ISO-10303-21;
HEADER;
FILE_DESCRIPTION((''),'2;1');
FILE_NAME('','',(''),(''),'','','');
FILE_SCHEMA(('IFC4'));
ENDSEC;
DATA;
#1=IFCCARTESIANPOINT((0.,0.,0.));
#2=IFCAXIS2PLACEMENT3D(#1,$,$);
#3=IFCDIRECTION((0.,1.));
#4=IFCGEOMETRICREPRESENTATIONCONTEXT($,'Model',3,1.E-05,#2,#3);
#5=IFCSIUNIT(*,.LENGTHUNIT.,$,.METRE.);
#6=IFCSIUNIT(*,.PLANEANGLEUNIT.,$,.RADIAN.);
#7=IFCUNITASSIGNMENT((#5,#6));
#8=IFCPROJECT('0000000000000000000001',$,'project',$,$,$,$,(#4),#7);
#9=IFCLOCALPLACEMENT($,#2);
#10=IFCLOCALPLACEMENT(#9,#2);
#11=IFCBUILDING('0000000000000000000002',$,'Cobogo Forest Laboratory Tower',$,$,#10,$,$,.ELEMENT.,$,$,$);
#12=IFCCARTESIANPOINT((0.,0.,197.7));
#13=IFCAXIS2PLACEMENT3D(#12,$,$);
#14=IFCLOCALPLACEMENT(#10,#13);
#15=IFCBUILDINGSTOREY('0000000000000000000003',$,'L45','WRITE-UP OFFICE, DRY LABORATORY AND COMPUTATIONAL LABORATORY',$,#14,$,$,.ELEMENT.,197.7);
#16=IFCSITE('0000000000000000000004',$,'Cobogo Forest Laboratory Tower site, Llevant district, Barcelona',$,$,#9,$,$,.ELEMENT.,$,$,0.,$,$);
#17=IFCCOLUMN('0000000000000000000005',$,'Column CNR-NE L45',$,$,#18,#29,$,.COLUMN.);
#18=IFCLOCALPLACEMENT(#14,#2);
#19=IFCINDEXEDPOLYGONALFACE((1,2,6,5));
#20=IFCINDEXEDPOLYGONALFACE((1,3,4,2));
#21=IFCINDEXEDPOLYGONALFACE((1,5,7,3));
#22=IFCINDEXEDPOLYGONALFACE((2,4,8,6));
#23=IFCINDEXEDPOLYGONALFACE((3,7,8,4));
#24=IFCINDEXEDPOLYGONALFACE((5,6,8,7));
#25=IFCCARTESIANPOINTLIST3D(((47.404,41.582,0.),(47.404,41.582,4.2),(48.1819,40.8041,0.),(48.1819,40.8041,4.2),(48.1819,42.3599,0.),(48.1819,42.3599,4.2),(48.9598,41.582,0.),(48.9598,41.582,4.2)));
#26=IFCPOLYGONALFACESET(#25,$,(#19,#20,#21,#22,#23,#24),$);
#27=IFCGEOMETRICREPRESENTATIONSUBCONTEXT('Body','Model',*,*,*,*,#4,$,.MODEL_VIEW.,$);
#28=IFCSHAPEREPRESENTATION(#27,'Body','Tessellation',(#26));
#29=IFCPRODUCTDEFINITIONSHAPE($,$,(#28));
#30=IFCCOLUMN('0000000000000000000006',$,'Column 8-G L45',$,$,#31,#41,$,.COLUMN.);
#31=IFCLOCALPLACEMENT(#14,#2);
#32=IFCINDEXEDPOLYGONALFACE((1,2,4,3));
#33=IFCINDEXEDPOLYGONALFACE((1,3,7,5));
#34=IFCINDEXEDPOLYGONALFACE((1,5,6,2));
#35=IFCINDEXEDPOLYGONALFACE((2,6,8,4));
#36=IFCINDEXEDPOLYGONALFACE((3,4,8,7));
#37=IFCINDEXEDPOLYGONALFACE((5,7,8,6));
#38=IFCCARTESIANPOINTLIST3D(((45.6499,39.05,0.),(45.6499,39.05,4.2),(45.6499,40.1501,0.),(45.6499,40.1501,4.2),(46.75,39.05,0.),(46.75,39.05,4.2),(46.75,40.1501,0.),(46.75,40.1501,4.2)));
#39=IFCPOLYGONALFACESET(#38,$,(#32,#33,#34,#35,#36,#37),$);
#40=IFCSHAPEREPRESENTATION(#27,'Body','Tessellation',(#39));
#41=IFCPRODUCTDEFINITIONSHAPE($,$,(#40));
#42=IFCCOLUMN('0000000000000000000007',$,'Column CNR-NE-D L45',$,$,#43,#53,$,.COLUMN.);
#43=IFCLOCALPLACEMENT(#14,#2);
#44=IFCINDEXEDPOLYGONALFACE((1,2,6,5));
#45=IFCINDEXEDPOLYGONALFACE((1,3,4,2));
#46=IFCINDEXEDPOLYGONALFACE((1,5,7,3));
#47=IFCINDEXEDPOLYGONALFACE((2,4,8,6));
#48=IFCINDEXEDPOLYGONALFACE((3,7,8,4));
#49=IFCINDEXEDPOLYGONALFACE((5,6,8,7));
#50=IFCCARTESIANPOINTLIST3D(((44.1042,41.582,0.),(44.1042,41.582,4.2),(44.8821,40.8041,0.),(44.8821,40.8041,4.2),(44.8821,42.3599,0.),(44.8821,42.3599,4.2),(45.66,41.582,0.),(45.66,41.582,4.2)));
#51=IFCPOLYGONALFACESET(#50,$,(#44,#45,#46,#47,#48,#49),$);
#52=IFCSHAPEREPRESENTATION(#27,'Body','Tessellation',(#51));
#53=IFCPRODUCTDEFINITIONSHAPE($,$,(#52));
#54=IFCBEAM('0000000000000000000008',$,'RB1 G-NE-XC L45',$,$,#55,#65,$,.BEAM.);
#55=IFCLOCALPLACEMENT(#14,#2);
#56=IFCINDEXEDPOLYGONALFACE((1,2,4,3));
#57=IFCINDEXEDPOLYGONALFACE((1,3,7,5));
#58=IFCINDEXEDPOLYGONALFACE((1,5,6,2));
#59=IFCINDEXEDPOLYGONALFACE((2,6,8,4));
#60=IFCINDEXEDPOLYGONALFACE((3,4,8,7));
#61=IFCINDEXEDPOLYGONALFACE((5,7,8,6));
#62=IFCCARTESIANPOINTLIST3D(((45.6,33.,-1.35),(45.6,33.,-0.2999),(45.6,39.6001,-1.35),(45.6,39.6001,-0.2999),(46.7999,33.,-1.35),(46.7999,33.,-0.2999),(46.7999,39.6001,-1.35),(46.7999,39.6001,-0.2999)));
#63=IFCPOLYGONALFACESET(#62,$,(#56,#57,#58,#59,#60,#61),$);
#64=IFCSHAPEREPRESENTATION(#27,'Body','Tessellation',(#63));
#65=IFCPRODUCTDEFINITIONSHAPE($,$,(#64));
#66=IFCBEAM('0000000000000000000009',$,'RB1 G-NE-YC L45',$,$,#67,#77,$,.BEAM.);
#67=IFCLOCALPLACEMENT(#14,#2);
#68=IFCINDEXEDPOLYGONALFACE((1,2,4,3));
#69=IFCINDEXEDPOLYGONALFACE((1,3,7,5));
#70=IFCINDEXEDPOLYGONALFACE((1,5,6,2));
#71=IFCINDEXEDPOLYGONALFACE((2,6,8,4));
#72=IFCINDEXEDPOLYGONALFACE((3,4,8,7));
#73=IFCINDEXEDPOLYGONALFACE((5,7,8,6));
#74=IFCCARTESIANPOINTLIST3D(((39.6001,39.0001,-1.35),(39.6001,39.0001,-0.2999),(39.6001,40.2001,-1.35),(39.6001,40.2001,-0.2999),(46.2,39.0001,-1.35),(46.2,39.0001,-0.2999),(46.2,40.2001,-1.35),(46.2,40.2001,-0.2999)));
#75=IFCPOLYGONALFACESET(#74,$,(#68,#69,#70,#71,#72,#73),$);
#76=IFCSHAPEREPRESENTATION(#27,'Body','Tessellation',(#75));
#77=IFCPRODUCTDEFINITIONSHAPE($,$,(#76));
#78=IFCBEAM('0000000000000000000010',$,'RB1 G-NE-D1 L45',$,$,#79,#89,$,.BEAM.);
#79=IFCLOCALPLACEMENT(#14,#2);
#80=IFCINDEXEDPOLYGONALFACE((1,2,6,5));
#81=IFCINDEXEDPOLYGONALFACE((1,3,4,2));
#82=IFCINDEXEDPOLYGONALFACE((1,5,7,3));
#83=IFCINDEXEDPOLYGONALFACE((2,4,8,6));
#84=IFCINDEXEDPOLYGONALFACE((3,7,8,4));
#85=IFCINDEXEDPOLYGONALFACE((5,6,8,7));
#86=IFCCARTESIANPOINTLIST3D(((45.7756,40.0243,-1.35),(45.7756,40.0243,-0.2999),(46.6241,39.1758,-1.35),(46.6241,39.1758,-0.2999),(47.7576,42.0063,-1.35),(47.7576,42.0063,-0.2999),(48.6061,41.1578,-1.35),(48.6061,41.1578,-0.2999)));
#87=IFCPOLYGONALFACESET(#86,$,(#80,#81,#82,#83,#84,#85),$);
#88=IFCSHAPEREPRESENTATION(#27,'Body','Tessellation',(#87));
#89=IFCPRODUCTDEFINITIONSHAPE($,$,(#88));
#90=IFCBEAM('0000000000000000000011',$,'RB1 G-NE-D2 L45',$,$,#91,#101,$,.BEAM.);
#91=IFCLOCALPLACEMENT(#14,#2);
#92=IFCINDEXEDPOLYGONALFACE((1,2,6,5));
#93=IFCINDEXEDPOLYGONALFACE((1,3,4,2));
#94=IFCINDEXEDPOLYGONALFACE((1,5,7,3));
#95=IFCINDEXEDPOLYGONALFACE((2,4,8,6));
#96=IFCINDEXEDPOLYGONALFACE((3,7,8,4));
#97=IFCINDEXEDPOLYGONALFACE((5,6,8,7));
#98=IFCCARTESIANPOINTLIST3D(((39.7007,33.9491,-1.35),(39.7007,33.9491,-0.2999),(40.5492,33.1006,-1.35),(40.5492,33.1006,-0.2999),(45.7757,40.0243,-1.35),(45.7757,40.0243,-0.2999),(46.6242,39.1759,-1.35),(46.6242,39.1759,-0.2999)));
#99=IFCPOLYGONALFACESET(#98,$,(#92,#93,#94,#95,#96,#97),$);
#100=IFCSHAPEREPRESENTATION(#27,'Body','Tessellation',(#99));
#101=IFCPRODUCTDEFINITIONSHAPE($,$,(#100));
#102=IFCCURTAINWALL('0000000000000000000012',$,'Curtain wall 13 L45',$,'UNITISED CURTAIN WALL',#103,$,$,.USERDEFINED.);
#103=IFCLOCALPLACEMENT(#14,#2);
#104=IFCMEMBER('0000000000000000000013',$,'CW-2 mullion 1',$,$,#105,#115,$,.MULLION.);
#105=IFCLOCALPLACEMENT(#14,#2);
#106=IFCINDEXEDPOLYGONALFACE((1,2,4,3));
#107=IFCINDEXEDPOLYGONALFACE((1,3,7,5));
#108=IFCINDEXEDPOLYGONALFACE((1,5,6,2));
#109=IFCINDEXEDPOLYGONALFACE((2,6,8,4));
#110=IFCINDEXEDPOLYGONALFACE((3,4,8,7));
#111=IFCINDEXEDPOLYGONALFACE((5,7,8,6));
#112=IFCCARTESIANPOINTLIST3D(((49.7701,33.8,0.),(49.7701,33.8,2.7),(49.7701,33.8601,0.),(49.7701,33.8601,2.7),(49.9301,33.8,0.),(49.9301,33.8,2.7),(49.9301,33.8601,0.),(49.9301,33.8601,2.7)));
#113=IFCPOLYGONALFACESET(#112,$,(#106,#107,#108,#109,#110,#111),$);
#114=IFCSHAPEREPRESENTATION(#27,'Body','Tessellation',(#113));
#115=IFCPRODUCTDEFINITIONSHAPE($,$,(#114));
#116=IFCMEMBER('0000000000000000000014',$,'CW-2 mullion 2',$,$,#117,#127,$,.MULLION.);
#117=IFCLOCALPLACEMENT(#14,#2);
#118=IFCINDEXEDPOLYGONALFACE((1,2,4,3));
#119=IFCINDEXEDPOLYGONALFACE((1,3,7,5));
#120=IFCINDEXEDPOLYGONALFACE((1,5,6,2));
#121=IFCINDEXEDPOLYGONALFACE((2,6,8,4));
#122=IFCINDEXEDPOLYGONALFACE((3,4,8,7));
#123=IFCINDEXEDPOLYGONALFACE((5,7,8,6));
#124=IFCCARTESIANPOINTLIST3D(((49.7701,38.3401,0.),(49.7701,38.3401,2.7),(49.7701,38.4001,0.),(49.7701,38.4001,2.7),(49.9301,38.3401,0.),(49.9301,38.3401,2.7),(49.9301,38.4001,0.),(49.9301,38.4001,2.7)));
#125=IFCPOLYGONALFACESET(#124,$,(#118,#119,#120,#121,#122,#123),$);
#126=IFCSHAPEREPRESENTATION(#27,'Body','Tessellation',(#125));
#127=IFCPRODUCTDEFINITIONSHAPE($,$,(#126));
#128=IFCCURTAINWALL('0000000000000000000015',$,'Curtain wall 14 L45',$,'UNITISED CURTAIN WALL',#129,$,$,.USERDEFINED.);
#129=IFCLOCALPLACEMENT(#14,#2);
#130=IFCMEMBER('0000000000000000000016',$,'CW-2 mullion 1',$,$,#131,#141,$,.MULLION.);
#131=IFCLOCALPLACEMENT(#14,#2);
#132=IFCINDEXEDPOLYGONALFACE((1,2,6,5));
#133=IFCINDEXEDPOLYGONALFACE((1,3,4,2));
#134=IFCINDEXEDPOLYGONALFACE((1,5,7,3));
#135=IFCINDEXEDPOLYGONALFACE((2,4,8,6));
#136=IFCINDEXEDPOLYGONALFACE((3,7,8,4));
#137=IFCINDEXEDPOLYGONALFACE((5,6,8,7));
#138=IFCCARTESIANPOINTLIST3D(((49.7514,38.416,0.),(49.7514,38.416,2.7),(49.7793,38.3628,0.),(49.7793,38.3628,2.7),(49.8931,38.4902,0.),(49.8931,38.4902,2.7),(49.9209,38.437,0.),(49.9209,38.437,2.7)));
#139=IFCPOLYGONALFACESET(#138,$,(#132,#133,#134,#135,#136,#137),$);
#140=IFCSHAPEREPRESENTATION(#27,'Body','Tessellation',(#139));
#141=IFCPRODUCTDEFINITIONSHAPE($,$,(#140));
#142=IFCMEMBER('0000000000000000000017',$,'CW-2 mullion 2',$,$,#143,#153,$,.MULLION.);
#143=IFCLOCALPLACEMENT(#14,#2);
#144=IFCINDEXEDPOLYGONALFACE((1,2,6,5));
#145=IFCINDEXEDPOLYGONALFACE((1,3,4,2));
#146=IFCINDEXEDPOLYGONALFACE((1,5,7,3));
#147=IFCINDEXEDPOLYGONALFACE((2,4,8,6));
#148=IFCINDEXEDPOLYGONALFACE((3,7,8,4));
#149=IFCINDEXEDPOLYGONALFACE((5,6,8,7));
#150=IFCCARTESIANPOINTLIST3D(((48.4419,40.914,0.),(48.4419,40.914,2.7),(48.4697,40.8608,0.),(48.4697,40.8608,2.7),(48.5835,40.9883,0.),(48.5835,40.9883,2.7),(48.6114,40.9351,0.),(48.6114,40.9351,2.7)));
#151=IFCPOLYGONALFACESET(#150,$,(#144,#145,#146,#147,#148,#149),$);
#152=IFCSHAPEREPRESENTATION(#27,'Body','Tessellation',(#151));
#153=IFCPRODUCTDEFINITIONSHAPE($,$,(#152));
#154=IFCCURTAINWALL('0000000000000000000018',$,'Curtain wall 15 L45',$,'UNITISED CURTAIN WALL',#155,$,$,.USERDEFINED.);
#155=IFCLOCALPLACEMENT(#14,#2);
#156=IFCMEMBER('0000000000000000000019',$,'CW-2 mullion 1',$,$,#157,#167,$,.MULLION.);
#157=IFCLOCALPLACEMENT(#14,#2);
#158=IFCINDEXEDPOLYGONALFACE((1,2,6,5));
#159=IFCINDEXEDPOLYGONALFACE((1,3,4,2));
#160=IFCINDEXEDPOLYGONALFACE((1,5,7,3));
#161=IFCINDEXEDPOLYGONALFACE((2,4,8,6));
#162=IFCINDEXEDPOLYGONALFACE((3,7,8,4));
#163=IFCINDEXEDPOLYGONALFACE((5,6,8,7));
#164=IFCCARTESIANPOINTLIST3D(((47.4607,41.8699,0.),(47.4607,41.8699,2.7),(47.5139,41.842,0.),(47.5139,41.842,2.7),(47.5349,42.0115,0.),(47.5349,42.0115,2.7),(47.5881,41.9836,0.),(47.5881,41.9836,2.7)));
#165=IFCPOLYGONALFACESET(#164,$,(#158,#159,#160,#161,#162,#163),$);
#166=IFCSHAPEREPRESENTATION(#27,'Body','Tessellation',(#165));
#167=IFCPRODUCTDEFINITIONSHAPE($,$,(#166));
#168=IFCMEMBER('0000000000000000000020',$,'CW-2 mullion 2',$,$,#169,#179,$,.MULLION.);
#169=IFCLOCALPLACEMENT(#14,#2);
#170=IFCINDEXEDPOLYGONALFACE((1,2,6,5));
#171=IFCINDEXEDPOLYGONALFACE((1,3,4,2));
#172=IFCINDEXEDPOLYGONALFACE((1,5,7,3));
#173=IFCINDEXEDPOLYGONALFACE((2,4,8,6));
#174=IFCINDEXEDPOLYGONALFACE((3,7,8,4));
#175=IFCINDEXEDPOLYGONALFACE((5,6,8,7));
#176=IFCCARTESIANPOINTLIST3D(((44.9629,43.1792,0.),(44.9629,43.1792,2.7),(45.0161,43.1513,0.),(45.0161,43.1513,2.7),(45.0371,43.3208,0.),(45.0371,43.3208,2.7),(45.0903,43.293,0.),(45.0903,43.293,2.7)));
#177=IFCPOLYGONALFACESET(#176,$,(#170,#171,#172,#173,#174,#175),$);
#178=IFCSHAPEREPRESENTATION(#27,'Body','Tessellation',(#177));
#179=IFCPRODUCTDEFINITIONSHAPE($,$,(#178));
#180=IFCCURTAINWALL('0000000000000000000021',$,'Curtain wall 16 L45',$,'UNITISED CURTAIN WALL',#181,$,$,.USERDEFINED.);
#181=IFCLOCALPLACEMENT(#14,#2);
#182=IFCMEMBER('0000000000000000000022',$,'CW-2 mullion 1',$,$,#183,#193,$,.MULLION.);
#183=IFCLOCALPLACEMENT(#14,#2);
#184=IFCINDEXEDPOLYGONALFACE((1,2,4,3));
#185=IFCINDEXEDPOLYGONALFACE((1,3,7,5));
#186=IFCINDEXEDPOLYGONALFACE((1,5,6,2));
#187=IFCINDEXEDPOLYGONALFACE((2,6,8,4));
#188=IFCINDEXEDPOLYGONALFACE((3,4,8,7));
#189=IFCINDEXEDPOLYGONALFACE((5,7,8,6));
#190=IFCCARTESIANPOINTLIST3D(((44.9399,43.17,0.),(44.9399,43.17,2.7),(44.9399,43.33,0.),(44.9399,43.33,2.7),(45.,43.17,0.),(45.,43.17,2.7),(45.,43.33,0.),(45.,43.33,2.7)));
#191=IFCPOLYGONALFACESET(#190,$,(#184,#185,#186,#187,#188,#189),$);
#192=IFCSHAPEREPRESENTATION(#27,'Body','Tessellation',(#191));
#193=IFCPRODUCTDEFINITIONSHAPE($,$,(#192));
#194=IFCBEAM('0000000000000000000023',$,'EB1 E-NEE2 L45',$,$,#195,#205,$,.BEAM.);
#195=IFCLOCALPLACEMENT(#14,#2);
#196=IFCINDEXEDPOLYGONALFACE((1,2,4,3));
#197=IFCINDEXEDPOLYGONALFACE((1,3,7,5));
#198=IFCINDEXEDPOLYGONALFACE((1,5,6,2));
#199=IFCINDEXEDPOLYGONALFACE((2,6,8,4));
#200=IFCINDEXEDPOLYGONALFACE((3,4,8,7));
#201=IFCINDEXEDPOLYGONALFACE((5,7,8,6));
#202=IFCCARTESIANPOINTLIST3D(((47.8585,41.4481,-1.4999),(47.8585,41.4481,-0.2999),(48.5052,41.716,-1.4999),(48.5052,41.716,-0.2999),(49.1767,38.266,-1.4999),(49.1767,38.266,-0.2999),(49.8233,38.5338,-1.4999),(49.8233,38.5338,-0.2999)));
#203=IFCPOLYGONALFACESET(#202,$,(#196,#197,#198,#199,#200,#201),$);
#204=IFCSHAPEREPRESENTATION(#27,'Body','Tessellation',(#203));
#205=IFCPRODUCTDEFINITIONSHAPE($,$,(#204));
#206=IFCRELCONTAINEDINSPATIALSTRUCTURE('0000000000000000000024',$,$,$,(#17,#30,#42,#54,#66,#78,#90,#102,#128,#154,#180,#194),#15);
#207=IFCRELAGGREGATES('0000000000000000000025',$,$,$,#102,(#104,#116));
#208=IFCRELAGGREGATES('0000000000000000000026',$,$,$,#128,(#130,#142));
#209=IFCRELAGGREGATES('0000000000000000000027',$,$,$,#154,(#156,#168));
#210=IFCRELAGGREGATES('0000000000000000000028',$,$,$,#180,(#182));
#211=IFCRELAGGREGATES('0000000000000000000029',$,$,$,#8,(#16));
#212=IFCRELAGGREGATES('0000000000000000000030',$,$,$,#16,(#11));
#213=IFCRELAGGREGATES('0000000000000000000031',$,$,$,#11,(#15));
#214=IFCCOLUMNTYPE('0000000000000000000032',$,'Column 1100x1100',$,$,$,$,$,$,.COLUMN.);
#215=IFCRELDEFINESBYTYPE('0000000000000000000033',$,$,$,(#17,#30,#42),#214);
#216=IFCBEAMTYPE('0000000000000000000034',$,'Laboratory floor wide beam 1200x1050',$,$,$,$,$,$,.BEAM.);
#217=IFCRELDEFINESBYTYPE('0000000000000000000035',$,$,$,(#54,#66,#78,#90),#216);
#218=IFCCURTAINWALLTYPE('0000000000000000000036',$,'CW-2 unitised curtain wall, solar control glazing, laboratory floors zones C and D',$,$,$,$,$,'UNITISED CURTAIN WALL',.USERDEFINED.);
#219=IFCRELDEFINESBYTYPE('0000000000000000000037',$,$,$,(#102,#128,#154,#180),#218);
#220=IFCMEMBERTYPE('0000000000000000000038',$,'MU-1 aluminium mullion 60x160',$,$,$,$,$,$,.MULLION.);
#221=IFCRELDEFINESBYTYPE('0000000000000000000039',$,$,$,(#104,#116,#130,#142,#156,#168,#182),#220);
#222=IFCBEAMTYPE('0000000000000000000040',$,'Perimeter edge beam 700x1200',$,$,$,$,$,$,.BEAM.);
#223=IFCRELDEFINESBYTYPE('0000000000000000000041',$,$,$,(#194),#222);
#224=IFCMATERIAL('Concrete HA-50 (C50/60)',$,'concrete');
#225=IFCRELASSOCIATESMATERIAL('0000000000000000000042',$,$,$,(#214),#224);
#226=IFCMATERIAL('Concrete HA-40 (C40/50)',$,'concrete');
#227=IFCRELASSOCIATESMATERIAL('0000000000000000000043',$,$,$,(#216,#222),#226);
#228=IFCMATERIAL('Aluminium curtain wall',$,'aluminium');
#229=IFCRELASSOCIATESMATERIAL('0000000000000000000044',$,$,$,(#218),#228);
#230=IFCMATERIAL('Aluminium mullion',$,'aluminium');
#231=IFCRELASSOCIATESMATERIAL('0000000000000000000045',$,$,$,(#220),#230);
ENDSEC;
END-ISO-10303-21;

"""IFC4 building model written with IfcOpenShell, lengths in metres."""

from ifc_helpers import new_model, si_unit, direction, frame, origin, origin_2d, place, context, subcontext, project, spatial, rectangle, extrude, material, material_profile, profile_set, type_object, element, aggregate, save


model = new_model("IFC4")

# Units and contexts
model_context = context("Model", 3, precision=1e-05, world=origin(), true_north=direction((0.0, 1.0)))
body_context = subcontext(model_context, "Body", "Model", "MODEL_VIEW")
ifc_project = project(units=[si_unit("LENGTHUNIT", "METRE"), si_unit("PLANEANGLEUNIT", "RADIAN")], contexts=[model_context])

# Site, building, storey
site_placement = place(None, origin())
site = spatial("IfcSite", under=ifc_project, at=site_placement, Name="Cobogo Forest Laboratory Tower site, Llevant district, Barcelona", CompositionType="ELEMENT", RefElevation=0.0)
building_placement = place(site_placement, origin())
building = spatial("IfcBuilding", under=site, at=building_placement, Name="Cobogo Forest Laboratory Tower", CompositionType="ELEMENT")
storey_placement = place(building_placement, frame((0.0, 0.0, 197.7)))
storey = spatial("IfcBuildingStorey", under=building, at=storey_placement, Name="L45", Description="WRITE-UP OFFICE, DRY LABORATORY AND COMPUTATIONAL LABORATORY", CompositionType="ELEMENT", Elevation=197.7)

# Columns
ifc_material_1 = material(Name="Concrete HA-50 (C50/60)", Category="concrete")
ifc_material_profile_1 = material_profile(ifc_material_1, rectangle(XDim=1.1001, YDim=1.1001, at=origin_2d()), Name="RC 1100x1100")
ifc_profile_set_1 = profile_set([ifc_material_profile_1], Name="Concrete HA-50 (C50/60)")
column_type = type_object("IfcColumnType", Name="Column 1100x1100", PredefinedType="COLUMN", material=ifc_profile_set_1)
for number, where, z_axis, x_axis, name in (
    (1, (48.1819, 41.582, 0.0), (0.0, 0.0, 1.0), (0.707107, 0.707107, 0.0), "Column CNR-NE L45"),
    (2, (46.2, 39.6001, 0.0), (0.0, 0.0, 1.0), (1.0, 0.0, 0.0), "Column 8-G L45"),
    (3, (44.8821, 41.582, 0.0), (0.0, 0.0, 1.0), (0.707107, 0.707107, 0.0), "Column CNR-NE-D L45"),
):
    element("IfcColumn", number, at=place(storey_placement, frame(where, z_axis=z_axis, x_axis=x_axis)), inside=storey, type_object=column_type, Name=name, PredefinedType="COLUMN", context=body_context, shape_type="SweptSolid", body=[
        extrude(rectangle(XDim=1.1001, YDim=1.1001, at=origin_2d()), origin(), (0.0, 0.0, 1.0), 4.2),
    ])

# Beams
ifc_material_2 = material(Name="Concrete HA-40 (C40/50)", Category="concrete")
ifc_material_profile_2 = material_profile(ifc_material_2, rectangle(XDim=1.2, YDim=1.05, at=origin_2d()), Name="RC 1200x1050")
ifc_profile_set_2 = profile_set([ifc_material_profile_2], Name="Concrete HA-40 (C40/50)")
beam_type_1 = type_object("IfcBeamType", Name="Laboratory floor wide beam 1200x1050", PredefinedType="BEAM", material=ifc_profile_set_2)
beam_1_placement = place(storey_placement, frame((46.2, 39.6001, -0.825), z_axis=(0.0, -1.0, 0.0), x_axis=(1.0, 0.0, 0.0)))
element("IfcBeam", 4, at=beam_1_placement, inside=storey, type_object=beam_type_1, Name="RB1 G-NE-XC L45", PredefinedType="BEAM", context=body_context, shape_type="SweptSolid", body=[
    extrude(rectangle(XDim=1.2, YDim=1.05, at=origin_2d()), origin(), (0.0, 0.0, 1.0), 6.6001),
])
beam_2_placement = place(storey_placement, frame((46.2, 39.6001, -0.825), z_axis=(-1.0, 0.0, 0.0), x_axis=(0.0, -1.0, 0.0)))
element("IfcBeam", 5, at=beam_2_placement, inside=storey, type_object=beam_type_1, Name="RB1 G-NE-YC L45", PredefinedType="BEAM", context=body_context, shape_type="SweptSolid", body=[
    extrude(rectangle(XDim=1.2, YDim=1.05, at=origin_2d()), origin(), (0.0, 0.0, 1.0), 6.5999),
])
beam_3_placement = place(storey_placement, frame((48.1819, 41.582, -0.825), z_axis=(-0.707107, -0.707107, 0.0), x_axis=(0.707107, -0.707107, 0.0)))
element("IfcBeam", 6, at=beam_3_placement, inside=storey, type_object=beam_type_1, Name="RB1 G-NE-D1 L45", PredefinedType="BEAM", context=body_context, shape_type="SweptSolid", body=[
    extrude(rectangle(XDim=1.2, YDim=1.05, at=origin_2d()), origin(), (0.0, 0.0, 1.0), 2.803),
])
beam_4_placement = place(storey_placement, frame((46.2, 39.6001, -0.825), z_axis=(-0.707093, -0.707121, 0.0), x_axis=(0.707121, -0.707093, 0.0)))
element("IfcBeam", 7, at=beam_4_placement, inside=storey, type_object=beam_type_1, Name="RB1 G-NE-D2 L45", PredefinedType="BEAM", context=body_context, shape_type="SweptSolid", body=[
    extrude(rectangle(XDim=1.2, YDim=1.05, at=origin_2d()), origin(), (0.0, 0.0, 1.0), 8.5916),
])

# Curtain walls, members
ifc_material_3 = material(Name="Aluminium curtain wall", Category="aluminium")
curtain_wall_type = type_object("IfcCurtainWallType", Name="CW-2 unitised curtain wall, solar control glazing, laboratory floors zones C and D", ElementType="UNITISED CURTAIN WALL", PredefinedType="USERDEFINED", material=ifc_material_3)
curtain_wall_1_placement = place(storey_placement, origin())
curtain_wall_1 = element("IfcCurtainWall", 8, at=curtain_wall_1_placement, inside=storey, type_object=curtain_wall_type, Name="Curtain wall 13 L45", ObjectType="UNITISED CURTAIN WALL", PredefinedType="USERDEFINED")
ifc_material_4 = material(Name="Aluminium mullion", Category="aluminium")
ifc_material_profile_3 = material_profile(ifc_material_4, rectangle(XDim=0.0601, YDim=0.1599, at=origin_2d()), Name="AL 60x160")
ifc_profile_set_3 = profile_set([ifc_material_profile_3], Name="Aluminium mullion")
member_type_1 = type_object("IfcMemberType", Name="MU-1 aluminium mullion 60x160", PredefinedType="MULLION", material=ifc_profile_set_3)
member_1_placement = place(storey_placement, frame((49.8501, 33.8301, 0.0), z_axis=(0.0, 0.0, 1.0), x_axis=(0.0, 1.0, 0.0)))
member_1 = element("IfcMember", 9, at=member_1_placement, type_object=member_type_1, Name="CW-2 mullion 1", PredefinedType="MULLION", context=body_context, shape_type="SweptSolid", body=[
    extrude(rectangle(XDim=0.0601, YDim=0.1599, at=origin_2d()), origin(), (0.0, 0.0, 1.0), 2.7),
])
member_2_placement = place(storey_placement, frame((49.8501, 38.3701, 0.0), z_axis=(0.0, 0.0, 1.0), x_axis=(0.0, 1.0, 0.0)))
member_2 = element("IfcMember", 10, at=member_2_placement, type_object=member_type_1, Name="CW-2 mullion 2", PredefinedType="MULLION", context=body_context, shape_type="SweptSolid", body=[
    extrude(rectangle(XDim=0.0601, YDim=0.1599, at=origin_2d()), origin(), (0.0, 0.0, 1.0), 2.7),
])
curtain_wall_2_placement = place(storey_placement, origin())
curtain_wall_2 = element("IfcCurtainWall", 11, at=curtain_wall_2_placement, inside=storey, type_object=curtain_wall_type, Name="Curtain wall 14 L45", ObjectType="UNITISED CURTAIN WALL", PredefinedType="USERDEFINED")
member_3_placement = place(storey_placement, frame((49.8362, 38.4265, 0.0), z_axis=(0.0, 0.0, 1.0), x_axis=(-0.464284, 0.885686, 0.0)))
member_3 = element("IfcMember", 12, at=member_3_placement, type_object=member_type_1, Name="CW-2 mullion 1", PredefinedType="MULLION", context=body_context, shape_type="SweptSolid", body=[
    extrude(rectangle(XDim=0.0601, YDim=0.1599, at=origin_2d()), origin(), (0.0, 0.0, 1.0), 2.7),
])
member_4_placement = place(storey_placement, frame((48.5266, 40.9246, 0.0), z_axis=(0.0, 0.0, 1.0), x_axis=(-0.464284, 0.885686, 0.0)))
member_4 = element("IfcMember", 13, at=member_4_placement, type_object=member_type_1, Name="CW-2 mullion 2", PredefinedType="MULLION", context=body_context, shape_type="SweptSolid", body=[
    extrude(rectangle(XDim=0.0601, YDim=0.1599, at=origin_2d()), origin(), (0.0, 0.0, 1.0), 2.7),
])
curtain_wall_3_placement = place(storey_placement, origin())
curtain_wall_3 = element("IfcCurtainWall", 14, at=curtain_wall_3_placement, inside=storey, type_object=curtain_wall_type, Name="Curtain wall 15 L45", ObjectType="UNITISED CURTAIN WALL", PredefinedType="USERDEFINED")
member_5_placement = place(storey_placement, frame((47.5244, 41.9268, 0.0), z_axis=(0.0, 0.0, 1.0), x_axis=(-0.885686, 0.464284, 0.0)))
member_5 = element("IfcMember", 15, at=member_5_placement, type_object=member_type_1, Name="CW-2 mullion 1", PredefinedType="MULLION", context=body_context, shape_type="SweptSolid", body=[
    extrude(rectangle(XDim=0.0601, YDim=0.1599, at=origin_2d()), origin(), (0.0, 0.0, 1.0), 2.7),
])
member_6_placement = place(storey_placement, frame((45.0266, 43.2361, 0.0), z_axis=(0.0, 0.0, 1.0), x_axis=(-0.885686, 0.464284, 0.0)))
member_6 = element("IfcMember", 16, at=member_6_placement, type_object=member_type_1, Name="CW-2 mullion 2", PredefinedType="MULLION", context=body_context, shape_type="SweptSolid", body=[
    extrude(rectangle(XDim=0.0601, YDim=0.1599, at=origin_2d()), origin(), (0.0, 0.0, 1.0), 2.7),
])

# Curtain wall, member
curtain_wall_4_placement = place(storey_placement, origin())
curtain_wall_4 = element("IfcCurtainWall", 17, at=curtain_wall_4_placement, inside=storey, type_object=curtain_wall_type, Name="Curtain wall 16 L45", ObjectType="UNITISED CURTAIN WALL", PredefinedType="USERDEFINED")
member_7_placement = place(storey_placement, frame((44.97, 43.25, 0.0), z_axis=(0.0, 0.0, 1.0), x_axis=(-1.0, 0.0, 0.0)))
member_7 = element("IfcMember", 18, at=member_7_placement, type_object=member_type_1, Name="CW-2 mullion 1", PredefinedType="MULLION", context=body_context, shape_type="SweptSolid", body=[
    extrude(rectangle(XDim=0.0601, YDim=0.1599, at=origin_2d()), origin(), (0.0, 0.0, 1.0), 2.7),
])

# Beam
ifc_material_profile_4 = material_profile(ifc_material_2, rectangle(XDim=0.7, YDim=1.2, at=origin_2d()), Name="RC 700x1200")
ifc_profile_set_4 = profile_set([ifc_material_profile_4], Name="Concrete HA-40 (C40/50)")
beam_type_2 = type_object("IfcBeamType", Name="Perimeter edge beam 700x1200", PredefinedType="BEAM", material=ifc_profile_set_4)
beam_5_placement = place(storey_placement, frame((49.5, 38.3999, -0.8999), z_axis=(-0.382692, 0.923876, 0.0), x_axis=(-0.923876, -0.382692, 0.0)))
element("IfcBeam", 19, at=beam_5_placement, inside=storey, type_object=beam_type_2, Name="EB1 E-NEE2 L45", PredefinedType="BEAM", context=body_context, shape_type="SweptSolid", body=[
    extrude(rectangle(XDim=0.7, YDim=1.2, at=origin_2d()), origin(), (0.0, 0.0, 1.0), 3.4443),
])

aggregate(curtain_wall_1, [member_1, member_2])
aggregate(curtain_wall_2, [member_3, member_4])
aggregate(curtain_wall_3, [member_5, member_6])
aggregate(curtain_wall_4, [member_7])

save(model, "model.ifc")
